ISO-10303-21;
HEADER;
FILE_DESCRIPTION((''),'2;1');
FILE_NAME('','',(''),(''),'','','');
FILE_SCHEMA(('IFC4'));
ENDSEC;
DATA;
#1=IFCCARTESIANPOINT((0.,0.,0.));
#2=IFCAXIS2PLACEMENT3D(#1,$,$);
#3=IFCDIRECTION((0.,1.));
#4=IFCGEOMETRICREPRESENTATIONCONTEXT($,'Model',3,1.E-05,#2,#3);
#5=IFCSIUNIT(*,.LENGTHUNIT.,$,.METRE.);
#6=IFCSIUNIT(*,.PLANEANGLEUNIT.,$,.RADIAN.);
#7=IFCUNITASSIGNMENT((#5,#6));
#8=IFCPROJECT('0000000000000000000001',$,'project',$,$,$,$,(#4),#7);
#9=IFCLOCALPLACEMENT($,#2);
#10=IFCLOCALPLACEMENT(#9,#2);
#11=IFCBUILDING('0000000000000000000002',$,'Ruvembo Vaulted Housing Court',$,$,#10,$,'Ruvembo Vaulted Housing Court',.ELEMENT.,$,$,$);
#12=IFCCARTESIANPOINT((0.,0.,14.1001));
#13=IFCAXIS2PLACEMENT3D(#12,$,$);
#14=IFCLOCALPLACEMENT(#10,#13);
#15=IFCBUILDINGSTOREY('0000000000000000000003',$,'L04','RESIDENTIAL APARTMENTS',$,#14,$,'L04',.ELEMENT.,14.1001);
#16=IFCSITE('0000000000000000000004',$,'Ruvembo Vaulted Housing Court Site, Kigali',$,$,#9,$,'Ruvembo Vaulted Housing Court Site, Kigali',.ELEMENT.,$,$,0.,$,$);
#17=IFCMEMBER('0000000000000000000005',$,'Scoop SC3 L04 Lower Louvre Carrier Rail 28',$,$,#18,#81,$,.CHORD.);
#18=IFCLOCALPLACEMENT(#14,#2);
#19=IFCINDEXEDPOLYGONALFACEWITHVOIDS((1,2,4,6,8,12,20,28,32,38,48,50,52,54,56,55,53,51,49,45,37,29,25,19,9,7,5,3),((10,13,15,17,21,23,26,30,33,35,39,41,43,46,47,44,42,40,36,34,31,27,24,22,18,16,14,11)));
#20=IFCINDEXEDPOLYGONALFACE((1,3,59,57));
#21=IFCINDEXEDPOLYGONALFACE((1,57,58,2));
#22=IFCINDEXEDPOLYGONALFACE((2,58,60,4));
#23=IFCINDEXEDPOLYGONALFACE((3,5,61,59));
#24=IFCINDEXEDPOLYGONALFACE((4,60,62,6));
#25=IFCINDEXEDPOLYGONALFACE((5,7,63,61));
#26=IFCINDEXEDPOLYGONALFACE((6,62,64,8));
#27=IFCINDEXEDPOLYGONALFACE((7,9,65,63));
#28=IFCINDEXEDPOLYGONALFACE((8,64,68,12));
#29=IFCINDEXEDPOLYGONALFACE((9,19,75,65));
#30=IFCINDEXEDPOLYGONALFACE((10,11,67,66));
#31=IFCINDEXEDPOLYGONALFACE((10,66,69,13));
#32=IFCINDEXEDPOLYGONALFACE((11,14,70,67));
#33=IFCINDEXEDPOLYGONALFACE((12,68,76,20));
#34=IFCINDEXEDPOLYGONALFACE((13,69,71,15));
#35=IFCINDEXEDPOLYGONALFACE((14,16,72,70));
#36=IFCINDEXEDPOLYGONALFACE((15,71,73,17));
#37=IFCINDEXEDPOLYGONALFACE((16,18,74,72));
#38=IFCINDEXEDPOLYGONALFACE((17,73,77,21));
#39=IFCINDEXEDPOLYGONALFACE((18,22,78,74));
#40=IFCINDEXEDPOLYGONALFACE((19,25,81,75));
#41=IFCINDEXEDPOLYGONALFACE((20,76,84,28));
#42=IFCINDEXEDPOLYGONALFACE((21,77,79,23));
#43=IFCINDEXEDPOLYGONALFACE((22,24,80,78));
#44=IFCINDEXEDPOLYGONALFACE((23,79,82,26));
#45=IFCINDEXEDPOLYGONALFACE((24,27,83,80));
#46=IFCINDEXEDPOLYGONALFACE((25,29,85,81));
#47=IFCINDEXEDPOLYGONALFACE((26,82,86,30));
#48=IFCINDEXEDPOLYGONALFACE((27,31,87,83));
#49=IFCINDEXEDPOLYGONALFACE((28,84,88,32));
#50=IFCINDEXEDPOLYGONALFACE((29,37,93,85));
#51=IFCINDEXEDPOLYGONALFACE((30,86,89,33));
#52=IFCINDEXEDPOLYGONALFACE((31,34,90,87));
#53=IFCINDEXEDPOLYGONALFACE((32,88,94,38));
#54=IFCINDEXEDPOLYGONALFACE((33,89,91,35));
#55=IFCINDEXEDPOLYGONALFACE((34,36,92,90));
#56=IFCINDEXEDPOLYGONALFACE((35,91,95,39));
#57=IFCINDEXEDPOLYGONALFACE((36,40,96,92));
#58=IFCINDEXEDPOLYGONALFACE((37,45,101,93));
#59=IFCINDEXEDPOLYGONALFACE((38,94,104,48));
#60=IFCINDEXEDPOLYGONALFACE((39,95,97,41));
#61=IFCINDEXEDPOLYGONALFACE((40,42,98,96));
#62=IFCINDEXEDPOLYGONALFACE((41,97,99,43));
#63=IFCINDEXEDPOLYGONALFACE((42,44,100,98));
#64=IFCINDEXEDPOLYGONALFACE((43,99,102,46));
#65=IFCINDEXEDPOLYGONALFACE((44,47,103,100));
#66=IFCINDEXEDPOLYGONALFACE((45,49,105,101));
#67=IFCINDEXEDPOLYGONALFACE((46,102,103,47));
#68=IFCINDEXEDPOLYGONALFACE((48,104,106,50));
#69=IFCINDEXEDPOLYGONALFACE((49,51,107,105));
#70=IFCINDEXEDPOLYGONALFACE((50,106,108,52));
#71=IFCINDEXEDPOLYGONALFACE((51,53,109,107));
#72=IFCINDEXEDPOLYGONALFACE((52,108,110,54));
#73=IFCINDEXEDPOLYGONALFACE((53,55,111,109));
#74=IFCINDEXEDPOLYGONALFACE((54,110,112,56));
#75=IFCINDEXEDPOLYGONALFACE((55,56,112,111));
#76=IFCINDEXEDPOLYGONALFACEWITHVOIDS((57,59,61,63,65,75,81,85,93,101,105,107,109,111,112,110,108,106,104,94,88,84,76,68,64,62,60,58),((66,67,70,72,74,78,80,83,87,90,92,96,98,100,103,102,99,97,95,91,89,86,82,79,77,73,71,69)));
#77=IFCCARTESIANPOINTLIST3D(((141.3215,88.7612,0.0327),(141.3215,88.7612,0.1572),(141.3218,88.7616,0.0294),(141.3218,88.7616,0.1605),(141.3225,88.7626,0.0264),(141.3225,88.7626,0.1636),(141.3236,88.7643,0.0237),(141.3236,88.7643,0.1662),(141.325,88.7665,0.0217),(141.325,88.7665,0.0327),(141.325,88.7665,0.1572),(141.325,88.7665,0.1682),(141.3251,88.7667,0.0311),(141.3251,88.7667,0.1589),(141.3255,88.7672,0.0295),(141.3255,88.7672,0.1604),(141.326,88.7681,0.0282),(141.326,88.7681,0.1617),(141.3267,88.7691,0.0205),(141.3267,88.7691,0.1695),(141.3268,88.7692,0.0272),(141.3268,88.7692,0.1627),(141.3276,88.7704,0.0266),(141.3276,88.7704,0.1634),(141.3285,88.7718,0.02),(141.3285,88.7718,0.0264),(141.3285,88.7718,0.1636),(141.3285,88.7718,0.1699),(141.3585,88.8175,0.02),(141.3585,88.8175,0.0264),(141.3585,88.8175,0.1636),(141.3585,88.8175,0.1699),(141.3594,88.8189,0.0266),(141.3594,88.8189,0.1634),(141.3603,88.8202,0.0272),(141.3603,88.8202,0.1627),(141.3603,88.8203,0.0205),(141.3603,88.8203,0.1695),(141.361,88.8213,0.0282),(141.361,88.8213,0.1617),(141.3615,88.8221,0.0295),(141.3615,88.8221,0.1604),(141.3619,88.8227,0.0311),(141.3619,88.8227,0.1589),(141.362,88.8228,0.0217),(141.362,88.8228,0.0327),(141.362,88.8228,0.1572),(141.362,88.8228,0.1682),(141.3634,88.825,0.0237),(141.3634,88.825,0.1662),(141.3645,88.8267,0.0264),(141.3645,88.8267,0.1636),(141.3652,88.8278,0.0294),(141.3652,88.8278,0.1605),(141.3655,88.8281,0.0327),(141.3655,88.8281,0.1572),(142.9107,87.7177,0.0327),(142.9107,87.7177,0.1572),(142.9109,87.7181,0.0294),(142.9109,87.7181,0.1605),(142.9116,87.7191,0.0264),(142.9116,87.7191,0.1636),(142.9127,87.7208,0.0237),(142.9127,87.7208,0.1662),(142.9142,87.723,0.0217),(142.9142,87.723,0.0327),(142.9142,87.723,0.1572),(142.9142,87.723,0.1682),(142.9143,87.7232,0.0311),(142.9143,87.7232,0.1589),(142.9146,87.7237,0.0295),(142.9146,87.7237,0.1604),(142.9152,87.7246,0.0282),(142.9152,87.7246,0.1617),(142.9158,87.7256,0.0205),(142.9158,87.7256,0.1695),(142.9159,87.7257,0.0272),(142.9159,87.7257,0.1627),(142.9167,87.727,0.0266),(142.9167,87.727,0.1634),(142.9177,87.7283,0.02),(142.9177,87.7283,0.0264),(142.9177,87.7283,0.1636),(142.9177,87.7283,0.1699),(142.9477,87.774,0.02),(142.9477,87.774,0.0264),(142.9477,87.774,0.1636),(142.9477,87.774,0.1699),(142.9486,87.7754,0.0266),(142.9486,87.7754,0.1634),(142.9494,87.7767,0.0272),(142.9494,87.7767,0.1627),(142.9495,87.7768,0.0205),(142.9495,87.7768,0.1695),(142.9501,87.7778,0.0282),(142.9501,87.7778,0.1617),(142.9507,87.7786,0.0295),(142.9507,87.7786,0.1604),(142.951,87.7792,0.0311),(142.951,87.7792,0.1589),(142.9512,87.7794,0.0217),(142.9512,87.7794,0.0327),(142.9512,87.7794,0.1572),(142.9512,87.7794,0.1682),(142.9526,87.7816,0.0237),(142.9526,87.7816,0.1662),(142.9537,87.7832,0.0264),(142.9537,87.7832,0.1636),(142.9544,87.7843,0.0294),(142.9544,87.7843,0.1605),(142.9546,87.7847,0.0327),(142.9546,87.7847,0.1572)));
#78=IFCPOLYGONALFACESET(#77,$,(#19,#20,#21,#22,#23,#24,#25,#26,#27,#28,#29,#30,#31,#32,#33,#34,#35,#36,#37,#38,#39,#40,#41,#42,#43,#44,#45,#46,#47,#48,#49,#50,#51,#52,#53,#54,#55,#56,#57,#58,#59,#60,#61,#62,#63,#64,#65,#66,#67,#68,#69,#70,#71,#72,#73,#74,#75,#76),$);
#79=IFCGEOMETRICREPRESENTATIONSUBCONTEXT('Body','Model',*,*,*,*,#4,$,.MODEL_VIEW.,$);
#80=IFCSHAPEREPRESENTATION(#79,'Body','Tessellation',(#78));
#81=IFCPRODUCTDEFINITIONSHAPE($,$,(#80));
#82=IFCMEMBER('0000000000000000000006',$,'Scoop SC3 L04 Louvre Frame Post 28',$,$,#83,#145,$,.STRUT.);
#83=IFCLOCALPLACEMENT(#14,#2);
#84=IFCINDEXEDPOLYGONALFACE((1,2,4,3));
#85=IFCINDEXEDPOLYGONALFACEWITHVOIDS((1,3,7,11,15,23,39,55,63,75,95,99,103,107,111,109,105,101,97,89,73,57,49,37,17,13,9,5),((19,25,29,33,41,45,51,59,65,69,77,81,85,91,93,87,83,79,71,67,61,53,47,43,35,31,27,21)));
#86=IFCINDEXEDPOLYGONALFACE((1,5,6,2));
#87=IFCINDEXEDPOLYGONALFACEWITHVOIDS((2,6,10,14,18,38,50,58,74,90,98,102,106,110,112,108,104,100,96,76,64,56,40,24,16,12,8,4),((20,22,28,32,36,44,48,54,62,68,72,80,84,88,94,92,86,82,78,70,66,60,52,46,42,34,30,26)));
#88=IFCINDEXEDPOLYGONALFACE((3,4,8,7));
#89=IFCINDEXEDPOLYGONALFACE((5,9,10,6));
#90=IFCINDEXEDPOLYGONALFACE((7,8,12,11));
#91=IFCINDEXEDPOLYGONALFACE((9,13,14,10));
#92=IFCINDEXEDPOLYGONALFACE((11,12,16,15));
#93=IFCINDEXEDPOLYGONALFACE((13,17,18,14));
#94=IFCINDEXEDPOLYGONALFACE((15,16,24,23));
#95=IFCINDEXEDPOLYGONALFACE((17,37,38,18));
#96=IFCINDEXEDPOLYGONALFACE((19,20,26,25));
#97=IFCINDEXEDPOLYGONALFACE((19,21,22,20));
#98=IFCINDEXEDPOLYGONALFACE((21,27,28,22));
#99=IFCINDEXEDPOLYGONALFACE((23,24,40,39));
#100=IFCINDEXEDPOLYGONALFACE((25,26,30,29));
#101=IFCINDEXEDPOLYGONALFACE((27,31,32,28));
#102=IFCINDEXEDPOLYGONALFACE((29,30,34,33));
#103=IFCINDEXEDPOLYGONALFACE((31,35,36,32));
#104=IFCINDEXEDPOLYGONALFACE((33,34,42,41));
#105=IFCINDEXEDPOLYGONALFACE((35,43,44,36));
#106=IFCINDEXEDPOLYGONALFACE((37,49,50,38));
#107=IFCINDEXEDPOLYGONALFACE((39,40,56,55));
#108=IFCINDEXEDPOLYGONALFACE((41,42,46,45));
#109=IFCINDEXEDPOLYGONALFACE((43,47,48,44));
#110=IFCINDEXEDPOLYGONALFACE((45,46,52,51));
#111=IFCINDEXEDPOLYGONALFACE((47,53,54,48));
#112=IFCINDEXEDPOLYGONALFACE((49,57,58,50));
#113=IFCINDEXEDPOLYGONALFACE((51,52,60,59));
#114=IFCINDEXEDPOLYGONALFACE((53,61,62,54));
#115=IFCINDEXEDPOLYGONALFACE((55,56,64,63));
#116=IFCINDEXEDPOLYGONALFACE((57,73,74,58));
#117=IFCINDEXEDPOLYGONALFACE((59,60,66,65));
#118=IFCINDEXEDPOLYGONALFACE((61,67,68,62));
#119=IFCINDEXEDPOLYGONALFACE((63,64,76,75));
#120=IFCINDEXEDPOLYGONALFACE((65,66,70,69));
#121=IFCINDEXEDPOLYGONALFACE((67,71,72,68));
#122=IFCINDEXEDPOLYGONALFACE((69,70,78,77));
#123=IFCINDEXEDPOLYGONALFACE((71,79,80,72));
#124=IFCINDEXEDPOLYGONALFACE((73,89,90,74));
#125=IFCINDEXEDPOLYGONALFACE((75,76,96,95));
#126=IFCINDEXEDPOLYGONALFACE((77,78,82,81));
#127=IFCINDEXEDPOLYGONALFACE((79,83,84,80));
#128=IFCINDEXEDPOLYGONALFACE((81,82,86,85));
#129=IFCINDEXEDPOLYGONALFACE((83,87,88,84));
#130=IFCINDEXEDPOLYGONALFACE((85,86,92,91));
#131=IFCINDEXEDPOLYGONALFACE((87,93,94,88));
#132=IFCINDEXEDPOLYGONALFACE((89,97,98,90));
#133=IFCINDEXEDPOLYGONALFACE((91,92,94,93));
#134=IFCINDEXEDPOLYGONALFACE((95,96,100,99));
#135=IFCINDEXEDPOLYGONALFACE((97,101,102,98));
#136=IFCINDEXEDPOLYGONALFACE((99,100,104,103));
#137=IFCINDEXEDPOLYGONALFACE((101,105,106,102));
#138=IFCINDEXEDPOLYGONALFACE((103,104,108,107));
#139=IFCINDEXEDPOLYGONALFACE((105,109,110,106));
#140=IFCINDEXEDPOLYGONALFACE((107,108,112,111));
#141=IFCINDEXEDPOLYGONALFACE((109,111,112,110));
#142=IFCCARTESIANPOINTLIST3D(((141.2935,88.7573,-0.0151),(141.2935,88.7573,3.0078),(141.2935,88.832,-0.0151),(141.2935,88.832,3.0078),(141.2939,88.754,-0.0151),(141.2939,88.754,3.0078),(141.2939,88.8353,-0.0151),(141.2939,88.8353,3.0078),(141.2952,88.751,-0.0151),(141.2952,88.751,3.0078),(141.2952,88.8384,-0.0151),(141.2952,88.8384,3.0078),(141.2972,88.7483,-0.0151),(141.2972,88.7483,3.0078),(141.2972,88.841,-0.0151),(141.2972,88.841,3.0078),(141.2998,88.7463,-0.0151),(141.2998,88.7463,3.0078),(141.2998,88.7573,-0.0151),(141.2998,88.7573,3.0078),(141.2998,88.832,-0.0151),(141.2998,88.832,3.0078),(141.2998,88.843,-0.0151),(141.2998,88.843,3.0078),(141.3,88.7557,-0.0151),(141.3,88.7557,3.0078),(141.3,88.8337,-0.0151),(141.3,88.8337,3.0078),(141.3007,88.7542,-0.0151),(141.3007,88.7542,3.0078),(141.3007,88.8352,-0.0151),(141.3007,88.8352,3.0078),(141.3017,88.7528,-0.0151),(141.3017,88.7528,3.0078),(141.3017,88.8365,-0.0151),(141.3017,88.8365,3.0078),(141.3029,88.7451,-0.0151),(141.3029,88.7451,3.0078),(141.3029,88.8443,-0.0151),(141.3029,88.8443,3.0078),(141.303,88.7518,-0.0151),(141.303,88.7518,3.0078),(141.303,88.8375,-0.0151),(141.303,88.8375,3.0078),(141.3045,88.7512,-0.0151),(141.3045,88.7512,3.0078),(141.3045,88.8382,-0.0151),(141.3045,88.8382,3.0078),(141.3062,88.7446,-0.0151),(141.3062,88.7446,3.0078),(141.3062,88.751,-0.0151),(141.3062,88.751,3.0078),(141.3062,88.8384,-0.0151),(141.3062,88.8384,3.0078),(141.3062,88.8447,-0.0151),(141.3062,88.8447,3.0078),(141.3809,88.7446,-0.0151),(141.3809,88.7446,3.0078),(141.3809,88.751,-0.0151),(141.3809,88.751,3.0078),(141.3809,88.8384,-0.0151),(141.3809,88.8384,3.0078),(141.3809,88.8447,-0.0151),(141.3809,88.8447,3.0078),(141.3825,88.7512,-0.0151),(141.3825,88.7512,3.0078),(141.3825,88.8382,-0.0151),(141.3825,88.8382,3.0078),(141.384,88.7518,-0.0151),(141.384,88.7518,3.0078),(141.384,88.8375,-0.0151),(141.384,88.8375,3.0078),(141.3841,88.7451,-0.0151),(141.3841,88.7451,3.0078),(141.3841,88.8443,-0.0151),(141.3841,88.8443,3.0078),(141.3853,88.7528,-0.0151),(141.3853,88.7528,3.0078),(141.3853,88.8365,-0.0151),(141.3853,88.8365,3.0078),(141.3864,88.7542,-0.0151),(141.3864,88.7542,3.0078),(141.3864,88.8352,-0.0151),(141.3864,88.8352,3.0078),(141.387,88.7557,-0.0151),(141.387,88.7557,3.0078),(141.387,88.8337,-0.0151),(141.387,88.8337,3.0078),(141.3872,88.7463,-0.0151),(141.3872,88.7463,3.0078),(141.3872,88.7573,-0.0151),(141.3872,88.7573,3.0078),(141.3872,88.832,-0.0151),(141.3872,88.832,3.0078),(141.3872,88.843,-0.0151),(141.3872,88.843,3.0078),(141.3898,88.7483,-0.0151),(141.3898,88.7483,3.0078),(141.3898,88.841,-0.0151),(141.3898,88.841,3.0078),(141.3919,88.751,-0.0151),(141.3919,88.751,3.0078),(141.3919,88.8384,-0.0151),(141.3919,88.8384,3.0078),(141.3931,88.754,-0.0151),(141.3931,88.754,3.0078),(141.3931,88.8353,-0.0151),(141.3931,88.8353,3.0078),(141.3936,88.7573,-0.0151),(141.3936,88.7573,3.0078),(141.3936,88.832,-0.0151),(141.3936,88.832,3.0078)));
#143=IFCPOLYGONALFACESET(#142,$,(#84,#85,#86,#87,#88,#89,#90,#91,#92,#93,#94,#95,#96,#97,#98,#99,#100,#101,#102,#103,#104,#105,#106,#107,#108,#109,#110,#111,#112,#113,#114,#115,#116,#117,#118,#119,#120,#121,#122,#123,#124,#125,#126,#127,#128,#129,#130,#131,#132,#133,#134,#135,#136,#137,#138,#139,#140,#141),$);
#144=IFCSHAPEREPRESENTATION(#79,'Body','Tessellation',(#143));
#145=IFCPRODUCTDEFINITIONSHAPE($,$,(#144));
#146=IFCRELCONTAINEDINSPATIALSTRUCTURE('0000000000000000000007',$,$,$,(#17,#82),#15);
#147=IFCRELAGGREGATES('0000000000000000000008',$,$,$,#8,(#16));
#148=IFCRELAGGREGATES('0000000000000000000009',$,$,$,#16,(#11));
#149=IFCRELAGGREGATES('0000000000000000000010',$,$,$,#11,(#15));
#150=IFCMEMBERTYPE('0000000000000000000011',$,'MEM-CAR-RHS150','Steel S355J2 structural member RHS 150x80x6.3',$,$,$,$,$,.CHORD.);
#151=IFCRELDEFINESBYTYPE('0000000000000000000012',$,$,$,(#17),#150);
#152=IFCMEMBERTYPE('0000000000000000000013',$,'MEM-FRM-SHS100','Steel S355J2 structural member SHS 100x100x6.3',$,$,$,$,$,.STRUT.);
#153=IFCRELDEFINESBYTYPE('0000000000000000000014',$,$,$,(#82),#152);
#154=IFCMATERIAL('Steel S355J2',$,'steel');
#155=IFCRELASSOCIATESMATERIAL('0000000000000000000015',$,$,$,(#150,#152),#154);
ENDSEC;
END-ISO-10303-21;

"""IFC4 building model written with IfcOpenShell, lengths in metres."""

from ifc_helpers import new_model, si_unit, direction, frame, origin, origin_2d, place, context, subcontext, project, spatial, hollow_rectangle, extrude, material, material_profile, profile_set, type_object, element, save


model = new_model("IFC4")

# Units and contexts
model_context = context("Model", 3, precision=1e-05, world=origin(), true_north=direction((0.0, 1.0)))
body_context = subcontext(model_context, "Body", "Model", "MODEL_VIEW")
ifc_project = project(units=[si_unit("LENGTHUNIT", "METRE"), si_unit("PLANEANGLEUNIT", "RADIAN")], contexts=[model_context])

# Site, building, storey
site_placement = place(None, origin())
site = spatial("IfcSite", under=ifc_project, at=site_placement, Name="Ruvembo Vaulted Housing Court Site, Kigali", LongName="Ruvembo Vaulted Housing Court Site, Kigali", CompositionType="ELEMENT", RefElevation=0.0)
building_placement = place(site_placement, origin())
building = spatial("IfcBuilding", under=site, at=building_placement, Name="Ruvembo Vaulted Housing Court", LongName="Ruvembo Vaulted Housing Court", CompositionType="ELEMENT")
storey_placement = place(building_placement, frame((0.0, 0.0, 14.1001)))
storey = spatial("IfcBuildingStorey", under=building, at=storey_placement, Name="L04", Description="RESIDENTIAL APARTMENTS", LongName="L04", CompositionType="ELEMENT", Elevation=14.1001)

# Shared definitions
ifc_material_1 = material(Name="Steel S355J2", Category="steel")

# Members
ifc_material_profile_1 = material_profile(ifc_material_1, hollow_rectangle(XDim=0.0801, YDim=0.1499, WallThickness=0.0063, InnerFilletRadius=0.0063, OuterFilletRadius=0.0127, at=origin_2d()), Name="RHS 150x80x6.3")
ifc_profile_set_1 = profile_set([ifc_material_profile_1], Name="Steel S355J2")
member_type_1 = type_object("IfcMemberType", Name="MEM-CAR-RHS150", Description="Steel S355J2 structural member RHS 150x80x6.3", PredefinedType="CHORD", material=ifc_profile_set_1)
member_1_placement = place(storey_placement, frame((141.3435, 88.7947, 0.095), z_axis=(0.835902, -0.548878, 0.0), x_axis=(0.548878, 0.835902, 0.0)))
element("IfcMember", 1, at=member_1_placement, inside=storey, type_object=member_type_1, Name="Scoop SC3 L04 Lower Louvre Carrier Rail 28", PredefinedType="CHORD", context=body_context, shape_type="SweptSolid", body=[
    extrude(hollow_rectangle(XDim=0.0801, YDim=0.1499, WallThickness=0.0063, InnerFilletRadius=0.0063, OuterFilletRadius=0.0127, at=origin_2d()), origin(), (0.0, 0.0, 1.0), 1.9011),
])
ifc_material_profile_2 = material_profile(ifc_material_1, hollow_rectangle(XDim=0.1001, YDim=0.1001, WallThickness=0.0063, InnerFilletRadius=0.0063, OuterFilletRadius=0.0127, at=origin_2d()), Name="SHS 100x100x6.3")
ifc_profile_set_2 = profile_set([ifc_material_profile_2], Name="Steel S355J2")
member_type_2 = type_object("IfcMemberType", Name="MEM-FRM-SHS100", Description="Steel S355J2 structural member SHS 100x100x6.3", PredefinedType="STRUT", material=ifc_profile_set_2)
for number, where, z_axis, x_axis, name in (
    (2, (141.3435, 88.7947, -0.0151), (0.0, 0.0, 1.0), (1.0, 0.0, 0.0), "Scoop SC3 L04 Louvre Frame Post 28"),
):
    element("IfcMember", number, at=place(storey_placement, frame(where, z_axis=z_axis, x_axis=x_axis)), inside=storey, type_object=member_type_2, Name=name, PredefinedType="STRUT", context=body_context, shape_type="SweptSolid", body=[
        extrude(hollow_rectangle(XDim=0.1001, YDim=0.1001, WallThickness=0.0063, InnerFilletRadius=0.0063, OuterFilletRadius=0.0127, at=origin_2d()), origin(), (0.0, 0.0, 1.0), 3.0229),
    ])

save(model, "model.ifc")
